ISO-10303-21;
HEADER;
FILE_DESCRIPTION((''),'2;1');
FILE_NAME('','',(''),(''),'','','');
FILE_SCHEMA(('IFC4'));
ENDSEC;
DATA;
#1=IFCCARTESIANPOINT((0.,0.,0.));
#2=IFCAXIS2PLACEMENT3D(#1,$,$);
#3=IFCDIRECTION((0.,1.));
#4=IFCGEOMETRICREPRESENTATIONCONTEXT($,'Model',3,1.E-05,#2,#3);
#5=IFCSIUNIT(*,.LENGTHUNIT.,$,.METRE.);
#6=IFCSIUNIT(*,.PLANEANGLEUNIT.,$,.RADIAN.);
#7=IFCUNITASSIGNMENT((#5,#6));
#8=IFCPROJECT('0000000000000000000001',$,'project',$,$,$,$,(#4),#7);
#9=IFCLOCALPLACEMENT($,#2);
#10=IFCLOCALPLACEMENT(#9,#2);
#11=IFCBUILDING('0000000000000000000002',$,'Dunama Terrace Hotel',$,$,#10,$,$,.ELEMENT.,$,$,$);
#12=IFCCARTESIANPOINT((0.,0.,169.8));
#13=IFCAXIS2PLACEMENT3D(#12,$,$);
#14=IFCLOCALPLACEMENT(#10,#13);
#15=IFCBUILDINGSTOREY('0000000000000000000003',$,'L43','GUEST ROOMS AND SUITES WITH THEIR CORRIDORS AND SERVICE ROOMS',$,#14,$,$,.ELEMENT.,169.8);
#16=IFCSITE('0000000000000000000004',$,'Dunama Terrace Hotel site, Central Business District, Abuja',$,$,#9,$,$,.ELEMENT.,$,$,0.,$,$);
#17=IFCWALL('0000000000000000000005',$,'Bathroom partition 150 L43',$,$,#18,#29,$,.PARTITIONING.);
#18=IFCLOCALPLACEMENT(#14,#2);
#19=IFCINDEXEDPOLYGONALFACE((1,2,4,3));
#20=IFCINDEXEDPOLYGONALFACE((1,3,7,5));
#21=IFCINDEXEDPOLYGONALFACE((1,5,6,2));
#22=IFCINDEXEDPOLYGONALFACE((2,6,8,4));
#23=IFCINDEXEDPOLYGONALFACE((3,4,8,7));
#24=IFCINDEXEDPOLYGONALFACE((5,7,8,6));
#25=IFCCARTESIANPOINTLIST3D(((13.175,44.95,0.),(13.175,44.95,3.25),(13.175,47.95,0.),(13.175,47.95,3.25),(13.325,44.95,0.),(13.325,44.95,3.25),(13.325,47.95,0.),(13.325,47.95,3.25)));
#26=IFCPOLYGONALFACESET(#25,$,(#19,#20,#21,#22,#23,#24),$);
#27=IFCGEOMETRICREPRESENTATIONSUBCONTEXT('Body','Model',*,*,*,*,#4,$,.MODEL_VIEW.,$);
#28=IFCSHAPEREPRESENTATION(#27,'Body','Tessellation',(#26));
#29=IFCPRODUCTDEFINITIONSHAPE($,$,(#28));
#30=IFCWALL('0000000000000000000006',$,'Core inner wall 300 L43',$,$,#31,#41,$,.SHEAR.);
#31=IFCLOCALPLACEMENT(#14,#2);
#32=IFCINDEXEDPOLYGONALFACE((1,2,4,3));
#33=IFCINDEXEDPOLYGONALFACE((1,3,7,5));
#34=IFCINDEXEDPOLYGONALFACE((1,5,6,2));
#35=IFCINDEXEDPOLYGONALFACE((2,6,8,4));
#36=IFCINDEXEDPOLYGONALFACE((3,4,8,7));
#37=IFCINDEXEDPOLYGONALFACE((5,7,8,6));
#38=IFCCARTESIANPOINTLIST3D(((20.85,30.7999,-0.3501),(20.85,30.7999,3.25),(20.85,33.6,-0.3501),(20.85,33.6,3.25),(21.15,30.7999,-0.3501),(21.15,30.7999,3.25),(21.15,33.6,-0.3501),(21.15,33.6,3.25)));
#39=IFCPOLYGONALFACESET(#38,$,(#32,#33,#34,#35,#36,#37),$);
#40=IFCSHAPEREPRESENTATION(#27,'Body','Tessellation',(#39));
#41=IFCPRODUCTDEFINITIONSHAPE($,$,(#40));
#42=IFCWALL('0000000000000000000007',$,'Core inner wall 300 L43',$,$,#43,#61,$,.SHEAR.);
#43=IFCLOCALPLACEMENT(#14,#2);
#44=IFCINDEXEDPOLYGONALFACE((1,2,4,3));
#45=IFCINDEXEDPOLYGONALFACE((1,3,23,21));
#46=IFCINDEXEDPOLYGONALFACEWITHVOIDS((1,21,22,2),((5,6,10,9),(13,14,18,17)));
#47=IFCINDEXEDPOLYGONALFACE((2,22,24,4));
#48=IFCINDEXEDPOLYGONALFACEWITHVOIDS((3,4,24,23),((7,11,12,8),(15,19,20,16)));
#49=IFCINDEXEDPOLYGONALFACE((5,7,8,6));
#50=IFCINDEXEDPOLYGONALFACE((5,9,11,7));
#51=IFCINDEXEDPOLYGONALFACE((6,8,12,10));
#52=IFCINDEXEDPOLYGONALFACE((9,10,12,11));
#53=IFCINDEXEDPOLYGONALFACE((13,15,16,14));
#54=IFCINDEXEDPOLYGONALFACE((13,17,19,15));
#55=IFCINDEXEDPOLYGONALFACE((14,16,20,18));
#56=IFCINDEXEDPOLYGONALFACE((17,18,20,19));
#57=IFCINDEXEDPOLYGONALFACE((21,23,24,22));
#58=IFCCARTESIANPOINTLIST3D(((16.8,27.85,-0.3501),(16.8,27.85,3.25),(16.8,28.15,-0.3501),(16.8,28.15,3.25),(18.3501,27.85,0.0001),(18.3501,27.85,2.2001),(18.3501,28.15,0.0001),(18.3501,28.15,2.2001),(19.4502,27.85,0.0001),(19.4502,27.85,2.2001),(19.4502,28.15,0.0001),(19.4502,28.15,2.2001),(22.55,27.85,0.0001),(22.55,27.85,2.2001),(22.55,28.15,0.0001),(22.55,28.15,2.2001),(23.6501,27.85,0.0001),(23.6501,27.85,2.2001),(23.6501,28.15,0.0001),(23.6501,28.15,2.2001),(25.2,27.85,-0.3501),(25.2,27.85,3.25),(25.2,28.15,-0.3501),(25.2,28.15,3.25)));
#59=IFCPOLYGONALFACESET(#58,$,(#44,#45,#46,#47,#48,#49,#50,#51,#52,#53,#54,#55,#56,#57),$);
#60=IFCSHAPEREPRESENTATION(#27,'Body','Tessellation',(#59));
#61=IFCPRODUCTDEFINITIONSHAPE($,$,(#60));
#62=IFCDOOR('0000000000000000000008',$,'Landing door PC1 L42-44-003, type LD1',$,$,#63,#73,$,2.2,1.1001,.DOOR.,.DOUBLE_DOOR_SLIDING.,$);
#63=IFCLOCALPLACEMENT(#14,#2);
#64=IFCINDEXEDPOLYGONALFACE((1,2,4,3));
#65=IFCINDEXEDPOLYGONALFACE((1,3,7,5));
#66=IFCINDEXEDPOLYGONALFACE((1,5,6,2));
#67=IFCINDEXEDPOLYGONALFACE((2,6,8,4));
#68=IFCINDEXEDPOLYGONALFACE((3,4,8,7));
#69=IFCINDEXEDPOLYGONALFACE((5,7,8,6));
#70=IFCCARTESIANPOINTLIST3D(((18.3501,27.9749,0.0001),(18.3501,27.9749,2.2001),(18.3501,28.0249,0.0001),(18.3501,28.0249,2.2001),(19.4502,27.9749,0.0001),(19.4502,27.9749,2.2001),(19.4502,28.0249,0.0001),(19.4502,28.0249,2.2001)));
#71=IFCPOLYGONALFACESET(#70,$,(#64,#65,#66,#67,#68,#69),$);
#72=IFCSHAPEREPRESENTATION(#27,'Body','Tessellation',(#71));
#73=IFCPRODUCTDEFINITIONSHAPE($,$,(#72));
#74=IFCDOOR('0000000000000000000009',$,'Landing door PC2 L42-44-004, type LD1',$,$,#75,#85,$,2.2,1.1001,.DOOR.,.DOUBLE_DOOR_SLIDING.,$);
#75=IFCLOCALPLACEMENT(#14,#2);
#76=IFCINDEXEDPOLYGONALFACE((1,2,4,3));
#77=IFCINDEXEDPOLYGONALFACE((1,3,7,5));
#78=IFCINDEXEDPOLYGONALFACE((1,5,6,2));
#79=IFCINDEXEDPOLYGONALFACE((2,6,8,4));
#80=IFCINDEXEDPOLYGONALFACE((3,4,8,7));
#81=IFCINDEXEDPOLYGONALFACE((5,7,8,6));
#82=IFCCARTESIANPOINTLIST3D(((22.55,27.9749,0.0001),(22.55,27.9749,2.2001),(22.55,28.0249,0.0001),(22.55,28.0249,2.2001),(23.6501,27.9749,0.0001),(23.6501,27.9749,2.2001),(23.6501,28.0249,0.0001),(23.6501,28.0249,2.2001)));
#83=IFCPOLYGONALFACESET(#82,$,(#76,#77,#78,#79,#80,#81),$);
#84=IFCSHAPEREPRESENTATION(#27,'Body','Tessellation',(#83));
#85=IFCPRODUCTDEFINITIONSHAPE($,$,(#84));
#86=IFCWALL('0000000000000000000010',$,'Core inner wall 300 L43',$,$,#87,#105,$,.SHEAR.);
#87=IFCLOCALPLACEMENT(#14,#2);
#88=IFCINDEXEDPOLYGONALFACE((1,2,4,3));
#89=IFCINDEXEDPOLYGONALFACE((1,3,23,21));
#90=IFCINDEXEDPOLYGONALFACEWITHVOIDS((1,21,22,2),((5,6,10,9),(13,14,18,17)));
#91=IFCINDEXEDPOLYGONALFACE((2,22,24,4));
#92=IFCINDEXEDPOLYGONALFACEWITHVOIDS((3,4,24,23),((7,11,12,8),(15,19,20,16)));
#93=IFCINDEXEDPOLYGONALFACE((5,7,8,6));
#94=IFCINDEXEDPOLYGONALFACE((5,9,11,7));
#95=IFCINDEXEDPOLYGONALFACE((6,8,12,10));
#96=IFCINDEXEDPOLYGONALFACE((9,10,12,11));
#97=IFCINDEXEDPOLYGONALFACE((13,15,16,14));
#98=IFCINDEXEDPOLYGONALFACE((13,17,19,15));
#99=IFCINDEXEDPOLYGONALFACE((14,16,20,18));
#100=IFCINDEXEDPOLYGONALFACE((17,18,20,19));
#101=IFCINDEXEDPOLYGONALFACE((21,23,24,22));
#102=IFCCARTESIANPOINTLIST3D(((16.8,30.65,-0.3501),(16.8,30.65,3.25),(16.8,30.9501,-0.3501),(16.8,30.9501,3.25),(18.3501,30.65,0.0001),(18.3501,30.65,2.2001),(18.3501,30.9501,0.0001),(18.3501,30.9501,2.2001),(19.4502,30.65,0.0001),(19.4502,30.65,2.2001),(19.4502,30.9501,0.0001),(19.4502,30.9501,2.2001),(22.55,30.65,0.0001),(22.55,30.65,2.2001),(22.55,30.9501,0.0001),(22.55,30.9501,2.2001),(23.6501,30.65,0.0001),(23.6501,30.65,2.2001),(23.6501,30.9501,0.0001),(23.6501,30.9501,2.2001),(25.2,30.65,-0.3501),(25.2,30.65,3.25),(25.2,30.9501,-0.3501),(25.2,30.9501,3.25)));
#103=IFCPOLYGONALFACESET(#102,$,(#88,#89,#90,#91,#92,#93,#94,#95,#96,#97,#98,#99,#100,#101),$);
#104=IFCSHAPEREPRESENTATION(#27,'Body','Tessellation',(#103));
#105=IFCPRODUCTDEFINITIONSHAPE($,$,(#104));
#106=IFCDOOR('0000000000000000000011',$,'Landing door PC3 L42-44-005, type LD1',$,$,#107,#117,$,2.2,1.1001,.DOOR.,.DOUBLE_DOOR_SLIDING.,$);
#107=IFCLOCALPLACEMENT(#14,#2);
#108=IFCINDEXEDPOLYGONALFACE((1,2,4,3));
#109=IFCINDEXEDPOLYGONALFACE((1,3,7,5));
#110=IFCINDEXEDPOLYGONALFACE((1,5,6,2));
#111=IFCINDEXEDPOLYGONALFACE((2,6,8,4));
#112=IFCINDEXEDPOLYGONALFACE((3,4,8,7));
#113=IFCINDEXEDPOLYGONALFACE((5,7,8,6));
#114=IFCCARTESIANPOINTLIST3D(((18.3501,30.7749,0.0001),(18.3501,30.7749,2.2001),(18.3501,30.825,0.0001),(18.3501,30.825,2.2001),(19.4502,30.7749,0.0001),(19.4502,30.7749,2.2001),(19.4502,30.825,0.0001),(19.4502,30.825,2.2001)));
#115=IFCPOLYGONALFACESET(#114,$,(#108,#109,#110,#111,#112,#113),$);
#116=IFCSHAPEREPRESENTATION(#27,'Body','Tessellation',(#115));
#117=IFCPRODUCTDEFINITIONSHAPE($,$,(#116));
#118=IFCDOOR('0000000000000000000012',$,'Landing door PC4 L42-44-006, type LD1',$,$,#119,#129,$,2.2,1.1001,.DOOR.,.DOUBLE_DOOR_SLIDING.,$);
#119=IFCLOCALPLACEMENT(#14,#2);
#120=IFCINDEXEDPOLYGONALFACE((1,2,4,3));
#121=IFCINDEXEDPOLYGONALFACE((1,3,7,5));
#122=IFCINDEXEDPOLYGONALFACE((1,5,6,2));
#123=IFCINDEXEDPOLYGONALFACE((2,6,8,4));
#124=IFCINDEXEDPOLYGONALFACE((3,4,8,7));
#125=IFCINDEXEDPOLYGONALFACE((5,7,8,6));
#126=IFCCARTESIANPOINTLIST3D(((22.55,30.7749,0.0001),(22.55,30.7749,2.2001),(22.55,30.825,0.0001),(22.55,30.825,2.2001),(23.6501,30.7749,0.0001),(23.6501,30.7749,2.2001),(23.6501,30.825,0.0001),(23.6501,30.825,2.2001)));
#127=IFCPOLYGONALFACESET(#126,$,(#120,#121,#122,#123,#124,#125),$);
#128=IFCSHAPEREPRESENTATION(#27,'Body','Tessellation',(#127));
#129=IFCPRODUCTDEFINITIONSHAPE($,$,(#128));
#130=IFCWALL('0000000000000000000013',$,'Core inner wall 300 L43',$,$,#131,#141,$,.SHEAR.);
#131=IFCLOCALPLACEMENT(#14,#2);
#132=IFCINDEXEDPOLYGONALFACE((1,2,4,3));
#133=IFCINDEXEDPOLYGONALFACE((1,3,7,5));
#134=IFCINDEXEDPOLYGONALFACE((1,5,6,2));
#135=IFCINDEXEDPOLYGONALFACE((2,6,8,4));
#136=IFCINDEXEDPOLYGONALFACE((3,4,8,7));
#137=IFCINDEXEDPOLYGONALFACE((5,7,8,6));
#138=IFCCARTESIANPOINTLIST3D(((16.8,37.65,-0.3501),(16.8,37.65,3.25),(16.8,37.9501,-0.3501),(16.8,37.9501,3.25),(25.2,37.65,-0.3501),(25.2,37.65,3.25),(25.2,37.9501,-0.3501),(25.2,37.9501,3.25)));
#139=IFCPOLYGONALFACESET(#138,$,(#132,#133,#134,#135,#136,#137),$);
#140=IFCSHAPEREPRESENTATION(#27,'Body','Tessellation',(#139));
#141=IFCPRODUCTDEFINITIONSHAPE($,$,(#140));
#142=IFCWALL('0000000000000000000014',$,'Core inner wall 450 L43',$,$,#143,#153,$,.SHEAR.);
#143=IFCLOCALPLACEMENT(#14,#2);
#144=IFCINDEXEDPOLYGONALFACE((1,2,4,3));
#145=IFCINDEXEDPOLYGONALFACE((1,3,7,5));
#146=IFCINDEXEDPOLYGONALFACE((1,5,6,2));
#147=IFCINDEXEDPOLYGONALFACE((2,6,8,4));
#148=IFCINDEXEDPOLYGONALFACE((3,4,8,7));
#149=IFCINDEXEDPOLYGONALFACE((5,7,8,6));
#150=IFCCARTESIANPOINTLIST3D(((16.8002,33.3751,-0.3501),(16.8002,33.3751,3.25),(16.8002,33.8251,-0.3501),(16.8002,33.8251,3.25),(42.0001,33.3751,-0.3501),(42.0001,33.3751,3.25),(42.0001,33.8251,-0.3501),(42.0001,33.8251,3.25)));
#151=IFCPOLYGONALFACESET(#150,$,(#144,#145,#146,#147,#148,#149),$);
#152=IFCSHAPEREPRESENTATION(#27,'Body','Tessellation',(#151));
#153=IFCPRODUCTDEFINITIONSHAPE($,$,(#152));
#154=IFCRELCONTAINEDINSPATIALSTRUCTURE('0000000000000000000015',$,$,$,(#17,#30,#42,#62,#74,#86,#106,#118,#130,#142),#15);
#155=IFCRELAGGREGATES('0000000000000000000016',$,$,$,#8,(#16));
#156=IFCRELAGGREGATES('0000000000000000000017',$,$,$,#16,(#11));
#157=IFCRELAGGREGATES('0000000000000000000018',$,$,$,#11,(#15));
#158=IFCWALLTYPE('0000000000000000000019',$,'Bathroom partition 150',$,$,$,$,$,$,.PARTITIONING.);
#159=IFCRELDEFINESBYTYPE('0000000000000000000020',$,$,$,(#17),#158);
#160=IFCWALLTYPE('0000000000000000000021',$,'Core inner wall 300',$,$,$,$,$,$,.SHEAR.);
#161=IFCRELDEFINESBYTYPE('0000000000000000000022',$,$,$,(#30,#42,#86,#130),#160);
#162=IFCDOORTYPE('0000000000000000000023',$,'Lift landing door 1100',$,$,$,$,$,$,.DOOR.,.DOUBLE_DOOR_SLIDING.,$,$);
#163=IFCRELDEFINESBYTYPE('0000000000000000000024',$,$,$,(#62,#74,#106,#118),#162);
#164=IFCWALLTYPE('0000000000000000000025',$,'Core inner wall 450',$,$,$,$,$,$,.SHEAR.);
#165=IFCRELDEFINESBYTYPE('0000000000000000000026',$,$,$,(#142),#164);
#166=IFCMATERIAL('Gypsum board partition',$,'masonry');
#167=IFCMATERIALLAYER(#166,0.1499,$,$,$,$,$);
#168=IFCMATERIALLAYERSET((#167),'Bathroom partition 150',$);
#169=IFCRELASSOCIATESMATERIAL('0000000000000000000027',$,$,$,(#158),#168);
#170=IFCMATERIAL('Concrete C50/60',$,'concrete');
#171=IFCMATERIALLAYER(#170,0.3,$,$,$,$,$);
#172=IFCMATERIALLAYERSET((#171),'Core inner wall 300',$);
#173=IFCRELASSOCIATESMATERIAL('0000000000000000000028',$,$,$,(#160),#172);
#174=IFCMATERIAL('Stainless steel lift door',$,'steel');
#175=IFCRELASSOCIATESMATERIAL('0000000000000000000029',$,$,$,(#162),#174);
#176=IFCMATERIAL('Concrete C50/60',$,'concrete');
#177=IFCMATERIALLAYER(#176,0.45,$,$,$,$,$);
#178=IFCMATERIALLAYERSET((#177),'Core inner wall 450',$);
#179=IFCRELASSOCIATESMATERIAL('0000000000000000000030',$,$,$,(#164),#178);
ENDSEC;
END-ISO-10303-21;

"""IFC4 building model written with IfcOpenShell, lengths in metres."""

from ifc_helpers import new_model, si_unit, direction, frame, frame_2d, origin, place, context, subcontext, project, spatial, rectangle, extrude, material, layer, layer_set, type_object, element, fill, save


model = new_model("IFC4")

# Units and contexts
model_context = context("Model", 3, precision=1e-05, world=origin(), true_north=direction((0.0, 1.0)))
body_context = subcontext(model_context, "Body", "Model", "MODEL_VIEW")
ifc_project = project(units=[si_unit("LENGTHUNIT", "METRE"), si_unit("PLANEANGLEUNIT", "RADIAN")], contexts=[model_context])

# Site, building, storey
site_placement = place(None, origin())
site = spatial("IfcSite", under=ifc_project, at=site_placement, Name="Dunama Terrace Hotel site, Central Business District, Abuja", CompositionType="ELEMENT", RefElevation=0.0)
building_placement = place(site_placement, origin())
building = spatial("IfcBuilding", under=site, at=building_placement, Name="Dunama Terrace Hotel", CompositionType="ELEMENT")
storey_placement = place(building_placement, frame((0.0, 0.0, 169.8)))
storey = spatial("IfcBuildingStorey", under=building, at=storey_placement, Name="L43", Description="GUEST ROOMS AND SUITES WITH THEIR CORRIDORS AND SERVICE ROOMS", CompositionType="ELEMENT", Elevation=169.8)

# Walls
ifc_material_1 = material(Name="Gypsum board partition", Category="masonry")
ifc_layer_1 = layer(ifc_material_1, 0.1499)
ifc_layer_set_1 = layer_set([ifc_layer_1], Name="Bathroom partition 150")
wall_type_1 = type_object("IfcWallType", Name="Bathroom partition 150", PredefinedType="PARTITIONING", material=ifc_layer_set_1)
wall_1_placement = place(storey_placement, frame((13.25, 44.95, 0.0), z_axis=(0.0, 0.0, 1.0), x_axis=(0.0, 1.0, 0.0)))
element("IfcWall", 1, at=wall_1_placement, inside=storey, type_object=wall_type_1, Name="Bathroom partition 150 L43", PredefinedType="PARTITIONING", context=body_context, shape_type="SweptSolid", body=[
    extrude(rectangle(XDim=3.0, YDim=0.1499, at=frame_2d((1.5, 0.0))), origin(), (0.0, 0.0, 1.0), 3.25),
])
ifc_material_2 = material(Name="Concrete C50/60", Category="concrete")
ifc_layer_2 = layer(ifc_material_2, 0.3)
ifc_layer_set_2 = layer_set([ifc_layer_2], Name="Core inner wall 300")
wall_type_2 = type_object("IfcWallType", Name="Core inner wall 300", PredefinedType="SHEAR", material=ifc_layer_set_2)
wall_2_placement = place(storey_placement, frame((21.0, 30.8, -0.3501), z_axis=(0.0, 0.0, 1.0), x_axis=(0.0, 1.0, 0.0)))
element("IfcWall", 2, at=wall_2_placement, inside=storey, type_object=wall_type_2, Name="Core inner wall 300 L43", PredefinedType="SHEAR", context=body_context, shape_type="SweptSolid", body=[
    extrude(rectangle(XDim=2.8, YDim=0.3, at=frame_2d((1.3999, 0.0))), origin(), (0.0, 0.0, 1.0), 3.6001),
])

# Walls, openings, doors
wall_3_placement = place(storey_placement, frame((16.8, 28.0, -0.3501), z_axis=(0.0, 0.0, 1.0), x_axis=(1.0, 0.0, 0.0)))
wall_3 = element("IfcWall", 3, at=wall_3_placement, inside=storey, type_object=wall_type_2, Name="Core inner wall 300 L43", PredefinedType="SHEAR", context=body_context, shape_type="SweptSolid", body=[
    extrude(rectangle(XDim=8.3999, YDim=0.3, at=frame_2d((4.2, 0.0))), origin(), (0.0, 0.0, 1.0), 3.6001),
])
opening_1_placement = place(wall_3_placement, frame((1.55, 0.0, 0.3501)))
opening_1 = element("IfcOpeningElement", 4, at=opening_1_placement, cuts=wall_3, PredefinedType="OPENING", context=body_context, shape_type="SweptSolid", body=[
    extrude(rectangle(XDim=1.1001, YDim=2.2, at=frame_2d((0.55, 1.1001))), frame((0.0, 0.1599, 0.0), z_axis=(0.0, -1.0, 0.0), x_axis=(1.0, 0.0, 0.0)), (0.0, 0.0, 1.0), 0.3201),
])
opening_2_placement = place(wall_3_placement, frame((5.75, 0.0, 0.3501)))
opening_2 = element("IfcOpeningElement", 5, at=opening_2_placement, cuts=wall_3, PredefinedType="OPENING", context=body_context, shape_type="SweptSolid", body=[
    extrude(rectangle(XDim=1.1001, YDim=2.2, at=frame_2d((0.55, 1.1001))), frame((0.0, 0.1599, 0.0), z_axis=(0.0, -1.0, 0.0), x_axis=(1.0, 0.0, 0.0)), (0.0, 0.0, 1.0), 0.3201),
])
ifc_material_3 = material(Name="Stainless steel lift door", Category="steel")
door_type_1 = type_object("IfcDoorType", Name="Lift landing door 1100", OperationType="DOUBLE_DOOR_SLIDING", PredefinedType="DOOR", material=ifc_material_3)
door_1_placement = place(opening_1_placement, origin())
door_1 = element("IfcDoor", 6, at=door_1_placement, inside=storey, type_object=door_type_1, Name="Landing door PC1 L42-44-003, type LD1", OperationType="DOUBLE_DOOR_SLIDING", OverallHeight=2.2, OverallWidth=1.1001, PredefinedType="DOOR", context=body_context, shape_type="SweptSolid", body=[
    extrude(rectangle(XDim=1.1001, YDim=2.2, at=frame_2d((0.55, 1.1001))), frame((0.0, 0.0249, 0.0), z_axis=(0.0, -1.0, 0.0), x_axis=(1.0, 0.0, 0.0)), (0.0, 0.0, 1.0), 0.05),
])
fill(opening_1, door_1)
door_2_placement = place(opening_2_placement, origin())
door_2 = element("IfcDoor", 7, at=door_2_placement, inside=storey, type_object=door_type_1, Name="Landing door PC2 L42-44-004, type LD1", OperationType="DOUBLE_DOOR_SLIDING", OverallHeight=2.2, OverallWidth=1.1001, PredefinedType="DOOR", context=body_context, shape_type="SweptSolid", body=[
    extrude(rectangle(XDim=1.1001, YDim=2.2, at=frame_2d((0.55, 1.1001))), frame((0.0, 0.0249, 0.0), z_axis=(0.0, -1.0, 0.0), x_axis=(1.0, 0.0, 0.0)), (0.0, 0.0, 1.0), 0.05),
])
fill(opening_2, door_2)
wall_4_placement = place(storey_placement, frame((16.8, 30.8, -0.3501), z_axis=(0.0, 0.0, 1.0), x_axis=(1.0, 0.0, 0.0)))
wall_4 = element("IfcWall", 8, at=wall_4_placement, inside=storey, type_object=wall_type_2, Name="Core inner wall 300 L43", PredefinedType="SHEAR", context=body_context, shape_type="SweptSolid", body=[
    extrude(rectangle(XDim=8.3999, YDim=0.3, at=frame_2d((4.2, 0.0))), origin(), (0.0, 0.0, 1.0), 3.6001),
])
opening_3_placement = place(wall_4_placement, frame((1.55, 0.0, 0.3501)))
opening_3 = element("IfcOpeningElement", 9, at=opening_3_placement, cuts=wall_4, PredefinedType="OPENING", context=body_context, shape_type="SweptSolid", body=[
    extrude(rectangle(XDim=1.1001, YDim=2.2, at=frame_2d((0.55, 1.1001))), frame((0.0, 0.1599, 0.0), z_axis=(0.0, -1.0, 0.0), x_axis=(1.0, 0.0, 0.0)), (0.0, 0.0, 1.0), 0.3201),
])
opening_4_placement = place(wall_4_placement, frame((5.75, 0.0, 0.3501)))
opening_4 = element("IfcOpeningElement", 10, at=opening_4_placement, cuts=wall_4, PredefinedType="OPENING", context=body_context, shape_type="SweptSolid", body=[
    extrude(rectangle(XDim=1.1001, YDim=2.2, at=frame_2d((0.55, 1.1001))), frame((0.0, 0.1599, 0.0), z_axis=(0.0, -1.0, 0.0), x_axis=(1.0, 0.0, 0.0)), (0.0, 0.0, 1.0), 0.3201),
])
door_3_placement = place(opening_3_placement, origin())
door_3 = element("IfcDoor", 11, at=door_3_placement, inside=storey, type_object=door_type_1, Name="Landing door PC3 L42-44-005, type LD1", OperationType="DOUBLE_DOOR_SLIDING", OverallHeight=2.2, OverallWidth=1.1001, PredefinedType="DOOR", context=body_context, shape_type="SweptSolid", body=[
    extrude(rectangle(XDim=1.1001, YDim=2.2, at=frame_2d((0.55, 1.1001))), frame((0.0, 0.0249, 0.0), z_axis=(0.0, -1.0, 0.0), x_axis=(1.0, 0.0, 0.0)), (0.0, 0.0, 1.0), 0.05),
])
fill(opening_3, door_3)
door_4_placement = place(opening_4_placement, origin())
door_4 = element("IfcDoor", 12, at=door_4_placement, inside=storey, type_object=door_type_1, Name="Landing door PC4 L42-44-006, type LD1", OperationType="DOUBLE_DOOR_SLIDING", OverallHeight=2.2, OverallWidth=1.1001, PredefinedType="DOOR", context=body_context, shape_type="SweptSolid", body=[
    extrude(rectangle(XDim=1.1001, YDim=2.2, at=frame_2d((0.55, 1.1001))), frame((0.0, 0.0249, 0.0), z_axis=(0.0, -1.0, 0.0), x_axis=(1.0, 0.0, 0.0)), (0.0, 0.0, 1.0), 0.05),
])
fill(opening_4, door_4)

# Walls
wall_5_placement = place(storey_placement, frame((16.8, 37.8, -0.3501), z_axis=(0.0, 0.0, 1.0), x_axis=(1.0, 0.0, 0.0)))
element("IfcWall", 13, at=wall_5_placement, inside=storey, type_object=wall_type_2, Name="Core inner wall 300 L43", PredefinedType="SHEAR", context=body_context, shape_type="SweptSolid", body=[
    extrude(rectangle(XDim=8.3999, YDim=0.3, at=frame_2d((4.2, 0.0))), origin(), (0.0, 0.0, 1.0), 3.6001),
])
ifc_material_4 = material(Name="Concrete C50/60", Category="concrete")
ifc_layer_3 = layer(ifc_material_4, 0.45)
ifc_layer_set_3 = layer_set([ifc_layer_3], Name="Core inner wall 450")
wall_type_3 = type_object("IfcWallType", Name="Core inner wall 450", PredefinedType="SHEAR", material=ifc_layer_set_3)
wall_6_placement = place(storey_placement, frame((16.8, 33.6001, -0.3501), z_axis=(0.0, 0.0, 1.0), x_axis=(1.0, 0.0, 0.0)))
element("IfcWall", 14, at=wall_6_placement, inside=storey, type_object=wall_type_3, Name="Core inner wall 450 L43", PredefinedType="SHEAR", context=body_context, shape_type="SweptSolid", body=[
    extrude(rectangle(XDim=25.2, YDim=0.45, at=frame_2d((12.6001, 0.0))), origin(), (0.0, 0.0, 1.0), 3.6001),
])

save(model, "model.ifc")
